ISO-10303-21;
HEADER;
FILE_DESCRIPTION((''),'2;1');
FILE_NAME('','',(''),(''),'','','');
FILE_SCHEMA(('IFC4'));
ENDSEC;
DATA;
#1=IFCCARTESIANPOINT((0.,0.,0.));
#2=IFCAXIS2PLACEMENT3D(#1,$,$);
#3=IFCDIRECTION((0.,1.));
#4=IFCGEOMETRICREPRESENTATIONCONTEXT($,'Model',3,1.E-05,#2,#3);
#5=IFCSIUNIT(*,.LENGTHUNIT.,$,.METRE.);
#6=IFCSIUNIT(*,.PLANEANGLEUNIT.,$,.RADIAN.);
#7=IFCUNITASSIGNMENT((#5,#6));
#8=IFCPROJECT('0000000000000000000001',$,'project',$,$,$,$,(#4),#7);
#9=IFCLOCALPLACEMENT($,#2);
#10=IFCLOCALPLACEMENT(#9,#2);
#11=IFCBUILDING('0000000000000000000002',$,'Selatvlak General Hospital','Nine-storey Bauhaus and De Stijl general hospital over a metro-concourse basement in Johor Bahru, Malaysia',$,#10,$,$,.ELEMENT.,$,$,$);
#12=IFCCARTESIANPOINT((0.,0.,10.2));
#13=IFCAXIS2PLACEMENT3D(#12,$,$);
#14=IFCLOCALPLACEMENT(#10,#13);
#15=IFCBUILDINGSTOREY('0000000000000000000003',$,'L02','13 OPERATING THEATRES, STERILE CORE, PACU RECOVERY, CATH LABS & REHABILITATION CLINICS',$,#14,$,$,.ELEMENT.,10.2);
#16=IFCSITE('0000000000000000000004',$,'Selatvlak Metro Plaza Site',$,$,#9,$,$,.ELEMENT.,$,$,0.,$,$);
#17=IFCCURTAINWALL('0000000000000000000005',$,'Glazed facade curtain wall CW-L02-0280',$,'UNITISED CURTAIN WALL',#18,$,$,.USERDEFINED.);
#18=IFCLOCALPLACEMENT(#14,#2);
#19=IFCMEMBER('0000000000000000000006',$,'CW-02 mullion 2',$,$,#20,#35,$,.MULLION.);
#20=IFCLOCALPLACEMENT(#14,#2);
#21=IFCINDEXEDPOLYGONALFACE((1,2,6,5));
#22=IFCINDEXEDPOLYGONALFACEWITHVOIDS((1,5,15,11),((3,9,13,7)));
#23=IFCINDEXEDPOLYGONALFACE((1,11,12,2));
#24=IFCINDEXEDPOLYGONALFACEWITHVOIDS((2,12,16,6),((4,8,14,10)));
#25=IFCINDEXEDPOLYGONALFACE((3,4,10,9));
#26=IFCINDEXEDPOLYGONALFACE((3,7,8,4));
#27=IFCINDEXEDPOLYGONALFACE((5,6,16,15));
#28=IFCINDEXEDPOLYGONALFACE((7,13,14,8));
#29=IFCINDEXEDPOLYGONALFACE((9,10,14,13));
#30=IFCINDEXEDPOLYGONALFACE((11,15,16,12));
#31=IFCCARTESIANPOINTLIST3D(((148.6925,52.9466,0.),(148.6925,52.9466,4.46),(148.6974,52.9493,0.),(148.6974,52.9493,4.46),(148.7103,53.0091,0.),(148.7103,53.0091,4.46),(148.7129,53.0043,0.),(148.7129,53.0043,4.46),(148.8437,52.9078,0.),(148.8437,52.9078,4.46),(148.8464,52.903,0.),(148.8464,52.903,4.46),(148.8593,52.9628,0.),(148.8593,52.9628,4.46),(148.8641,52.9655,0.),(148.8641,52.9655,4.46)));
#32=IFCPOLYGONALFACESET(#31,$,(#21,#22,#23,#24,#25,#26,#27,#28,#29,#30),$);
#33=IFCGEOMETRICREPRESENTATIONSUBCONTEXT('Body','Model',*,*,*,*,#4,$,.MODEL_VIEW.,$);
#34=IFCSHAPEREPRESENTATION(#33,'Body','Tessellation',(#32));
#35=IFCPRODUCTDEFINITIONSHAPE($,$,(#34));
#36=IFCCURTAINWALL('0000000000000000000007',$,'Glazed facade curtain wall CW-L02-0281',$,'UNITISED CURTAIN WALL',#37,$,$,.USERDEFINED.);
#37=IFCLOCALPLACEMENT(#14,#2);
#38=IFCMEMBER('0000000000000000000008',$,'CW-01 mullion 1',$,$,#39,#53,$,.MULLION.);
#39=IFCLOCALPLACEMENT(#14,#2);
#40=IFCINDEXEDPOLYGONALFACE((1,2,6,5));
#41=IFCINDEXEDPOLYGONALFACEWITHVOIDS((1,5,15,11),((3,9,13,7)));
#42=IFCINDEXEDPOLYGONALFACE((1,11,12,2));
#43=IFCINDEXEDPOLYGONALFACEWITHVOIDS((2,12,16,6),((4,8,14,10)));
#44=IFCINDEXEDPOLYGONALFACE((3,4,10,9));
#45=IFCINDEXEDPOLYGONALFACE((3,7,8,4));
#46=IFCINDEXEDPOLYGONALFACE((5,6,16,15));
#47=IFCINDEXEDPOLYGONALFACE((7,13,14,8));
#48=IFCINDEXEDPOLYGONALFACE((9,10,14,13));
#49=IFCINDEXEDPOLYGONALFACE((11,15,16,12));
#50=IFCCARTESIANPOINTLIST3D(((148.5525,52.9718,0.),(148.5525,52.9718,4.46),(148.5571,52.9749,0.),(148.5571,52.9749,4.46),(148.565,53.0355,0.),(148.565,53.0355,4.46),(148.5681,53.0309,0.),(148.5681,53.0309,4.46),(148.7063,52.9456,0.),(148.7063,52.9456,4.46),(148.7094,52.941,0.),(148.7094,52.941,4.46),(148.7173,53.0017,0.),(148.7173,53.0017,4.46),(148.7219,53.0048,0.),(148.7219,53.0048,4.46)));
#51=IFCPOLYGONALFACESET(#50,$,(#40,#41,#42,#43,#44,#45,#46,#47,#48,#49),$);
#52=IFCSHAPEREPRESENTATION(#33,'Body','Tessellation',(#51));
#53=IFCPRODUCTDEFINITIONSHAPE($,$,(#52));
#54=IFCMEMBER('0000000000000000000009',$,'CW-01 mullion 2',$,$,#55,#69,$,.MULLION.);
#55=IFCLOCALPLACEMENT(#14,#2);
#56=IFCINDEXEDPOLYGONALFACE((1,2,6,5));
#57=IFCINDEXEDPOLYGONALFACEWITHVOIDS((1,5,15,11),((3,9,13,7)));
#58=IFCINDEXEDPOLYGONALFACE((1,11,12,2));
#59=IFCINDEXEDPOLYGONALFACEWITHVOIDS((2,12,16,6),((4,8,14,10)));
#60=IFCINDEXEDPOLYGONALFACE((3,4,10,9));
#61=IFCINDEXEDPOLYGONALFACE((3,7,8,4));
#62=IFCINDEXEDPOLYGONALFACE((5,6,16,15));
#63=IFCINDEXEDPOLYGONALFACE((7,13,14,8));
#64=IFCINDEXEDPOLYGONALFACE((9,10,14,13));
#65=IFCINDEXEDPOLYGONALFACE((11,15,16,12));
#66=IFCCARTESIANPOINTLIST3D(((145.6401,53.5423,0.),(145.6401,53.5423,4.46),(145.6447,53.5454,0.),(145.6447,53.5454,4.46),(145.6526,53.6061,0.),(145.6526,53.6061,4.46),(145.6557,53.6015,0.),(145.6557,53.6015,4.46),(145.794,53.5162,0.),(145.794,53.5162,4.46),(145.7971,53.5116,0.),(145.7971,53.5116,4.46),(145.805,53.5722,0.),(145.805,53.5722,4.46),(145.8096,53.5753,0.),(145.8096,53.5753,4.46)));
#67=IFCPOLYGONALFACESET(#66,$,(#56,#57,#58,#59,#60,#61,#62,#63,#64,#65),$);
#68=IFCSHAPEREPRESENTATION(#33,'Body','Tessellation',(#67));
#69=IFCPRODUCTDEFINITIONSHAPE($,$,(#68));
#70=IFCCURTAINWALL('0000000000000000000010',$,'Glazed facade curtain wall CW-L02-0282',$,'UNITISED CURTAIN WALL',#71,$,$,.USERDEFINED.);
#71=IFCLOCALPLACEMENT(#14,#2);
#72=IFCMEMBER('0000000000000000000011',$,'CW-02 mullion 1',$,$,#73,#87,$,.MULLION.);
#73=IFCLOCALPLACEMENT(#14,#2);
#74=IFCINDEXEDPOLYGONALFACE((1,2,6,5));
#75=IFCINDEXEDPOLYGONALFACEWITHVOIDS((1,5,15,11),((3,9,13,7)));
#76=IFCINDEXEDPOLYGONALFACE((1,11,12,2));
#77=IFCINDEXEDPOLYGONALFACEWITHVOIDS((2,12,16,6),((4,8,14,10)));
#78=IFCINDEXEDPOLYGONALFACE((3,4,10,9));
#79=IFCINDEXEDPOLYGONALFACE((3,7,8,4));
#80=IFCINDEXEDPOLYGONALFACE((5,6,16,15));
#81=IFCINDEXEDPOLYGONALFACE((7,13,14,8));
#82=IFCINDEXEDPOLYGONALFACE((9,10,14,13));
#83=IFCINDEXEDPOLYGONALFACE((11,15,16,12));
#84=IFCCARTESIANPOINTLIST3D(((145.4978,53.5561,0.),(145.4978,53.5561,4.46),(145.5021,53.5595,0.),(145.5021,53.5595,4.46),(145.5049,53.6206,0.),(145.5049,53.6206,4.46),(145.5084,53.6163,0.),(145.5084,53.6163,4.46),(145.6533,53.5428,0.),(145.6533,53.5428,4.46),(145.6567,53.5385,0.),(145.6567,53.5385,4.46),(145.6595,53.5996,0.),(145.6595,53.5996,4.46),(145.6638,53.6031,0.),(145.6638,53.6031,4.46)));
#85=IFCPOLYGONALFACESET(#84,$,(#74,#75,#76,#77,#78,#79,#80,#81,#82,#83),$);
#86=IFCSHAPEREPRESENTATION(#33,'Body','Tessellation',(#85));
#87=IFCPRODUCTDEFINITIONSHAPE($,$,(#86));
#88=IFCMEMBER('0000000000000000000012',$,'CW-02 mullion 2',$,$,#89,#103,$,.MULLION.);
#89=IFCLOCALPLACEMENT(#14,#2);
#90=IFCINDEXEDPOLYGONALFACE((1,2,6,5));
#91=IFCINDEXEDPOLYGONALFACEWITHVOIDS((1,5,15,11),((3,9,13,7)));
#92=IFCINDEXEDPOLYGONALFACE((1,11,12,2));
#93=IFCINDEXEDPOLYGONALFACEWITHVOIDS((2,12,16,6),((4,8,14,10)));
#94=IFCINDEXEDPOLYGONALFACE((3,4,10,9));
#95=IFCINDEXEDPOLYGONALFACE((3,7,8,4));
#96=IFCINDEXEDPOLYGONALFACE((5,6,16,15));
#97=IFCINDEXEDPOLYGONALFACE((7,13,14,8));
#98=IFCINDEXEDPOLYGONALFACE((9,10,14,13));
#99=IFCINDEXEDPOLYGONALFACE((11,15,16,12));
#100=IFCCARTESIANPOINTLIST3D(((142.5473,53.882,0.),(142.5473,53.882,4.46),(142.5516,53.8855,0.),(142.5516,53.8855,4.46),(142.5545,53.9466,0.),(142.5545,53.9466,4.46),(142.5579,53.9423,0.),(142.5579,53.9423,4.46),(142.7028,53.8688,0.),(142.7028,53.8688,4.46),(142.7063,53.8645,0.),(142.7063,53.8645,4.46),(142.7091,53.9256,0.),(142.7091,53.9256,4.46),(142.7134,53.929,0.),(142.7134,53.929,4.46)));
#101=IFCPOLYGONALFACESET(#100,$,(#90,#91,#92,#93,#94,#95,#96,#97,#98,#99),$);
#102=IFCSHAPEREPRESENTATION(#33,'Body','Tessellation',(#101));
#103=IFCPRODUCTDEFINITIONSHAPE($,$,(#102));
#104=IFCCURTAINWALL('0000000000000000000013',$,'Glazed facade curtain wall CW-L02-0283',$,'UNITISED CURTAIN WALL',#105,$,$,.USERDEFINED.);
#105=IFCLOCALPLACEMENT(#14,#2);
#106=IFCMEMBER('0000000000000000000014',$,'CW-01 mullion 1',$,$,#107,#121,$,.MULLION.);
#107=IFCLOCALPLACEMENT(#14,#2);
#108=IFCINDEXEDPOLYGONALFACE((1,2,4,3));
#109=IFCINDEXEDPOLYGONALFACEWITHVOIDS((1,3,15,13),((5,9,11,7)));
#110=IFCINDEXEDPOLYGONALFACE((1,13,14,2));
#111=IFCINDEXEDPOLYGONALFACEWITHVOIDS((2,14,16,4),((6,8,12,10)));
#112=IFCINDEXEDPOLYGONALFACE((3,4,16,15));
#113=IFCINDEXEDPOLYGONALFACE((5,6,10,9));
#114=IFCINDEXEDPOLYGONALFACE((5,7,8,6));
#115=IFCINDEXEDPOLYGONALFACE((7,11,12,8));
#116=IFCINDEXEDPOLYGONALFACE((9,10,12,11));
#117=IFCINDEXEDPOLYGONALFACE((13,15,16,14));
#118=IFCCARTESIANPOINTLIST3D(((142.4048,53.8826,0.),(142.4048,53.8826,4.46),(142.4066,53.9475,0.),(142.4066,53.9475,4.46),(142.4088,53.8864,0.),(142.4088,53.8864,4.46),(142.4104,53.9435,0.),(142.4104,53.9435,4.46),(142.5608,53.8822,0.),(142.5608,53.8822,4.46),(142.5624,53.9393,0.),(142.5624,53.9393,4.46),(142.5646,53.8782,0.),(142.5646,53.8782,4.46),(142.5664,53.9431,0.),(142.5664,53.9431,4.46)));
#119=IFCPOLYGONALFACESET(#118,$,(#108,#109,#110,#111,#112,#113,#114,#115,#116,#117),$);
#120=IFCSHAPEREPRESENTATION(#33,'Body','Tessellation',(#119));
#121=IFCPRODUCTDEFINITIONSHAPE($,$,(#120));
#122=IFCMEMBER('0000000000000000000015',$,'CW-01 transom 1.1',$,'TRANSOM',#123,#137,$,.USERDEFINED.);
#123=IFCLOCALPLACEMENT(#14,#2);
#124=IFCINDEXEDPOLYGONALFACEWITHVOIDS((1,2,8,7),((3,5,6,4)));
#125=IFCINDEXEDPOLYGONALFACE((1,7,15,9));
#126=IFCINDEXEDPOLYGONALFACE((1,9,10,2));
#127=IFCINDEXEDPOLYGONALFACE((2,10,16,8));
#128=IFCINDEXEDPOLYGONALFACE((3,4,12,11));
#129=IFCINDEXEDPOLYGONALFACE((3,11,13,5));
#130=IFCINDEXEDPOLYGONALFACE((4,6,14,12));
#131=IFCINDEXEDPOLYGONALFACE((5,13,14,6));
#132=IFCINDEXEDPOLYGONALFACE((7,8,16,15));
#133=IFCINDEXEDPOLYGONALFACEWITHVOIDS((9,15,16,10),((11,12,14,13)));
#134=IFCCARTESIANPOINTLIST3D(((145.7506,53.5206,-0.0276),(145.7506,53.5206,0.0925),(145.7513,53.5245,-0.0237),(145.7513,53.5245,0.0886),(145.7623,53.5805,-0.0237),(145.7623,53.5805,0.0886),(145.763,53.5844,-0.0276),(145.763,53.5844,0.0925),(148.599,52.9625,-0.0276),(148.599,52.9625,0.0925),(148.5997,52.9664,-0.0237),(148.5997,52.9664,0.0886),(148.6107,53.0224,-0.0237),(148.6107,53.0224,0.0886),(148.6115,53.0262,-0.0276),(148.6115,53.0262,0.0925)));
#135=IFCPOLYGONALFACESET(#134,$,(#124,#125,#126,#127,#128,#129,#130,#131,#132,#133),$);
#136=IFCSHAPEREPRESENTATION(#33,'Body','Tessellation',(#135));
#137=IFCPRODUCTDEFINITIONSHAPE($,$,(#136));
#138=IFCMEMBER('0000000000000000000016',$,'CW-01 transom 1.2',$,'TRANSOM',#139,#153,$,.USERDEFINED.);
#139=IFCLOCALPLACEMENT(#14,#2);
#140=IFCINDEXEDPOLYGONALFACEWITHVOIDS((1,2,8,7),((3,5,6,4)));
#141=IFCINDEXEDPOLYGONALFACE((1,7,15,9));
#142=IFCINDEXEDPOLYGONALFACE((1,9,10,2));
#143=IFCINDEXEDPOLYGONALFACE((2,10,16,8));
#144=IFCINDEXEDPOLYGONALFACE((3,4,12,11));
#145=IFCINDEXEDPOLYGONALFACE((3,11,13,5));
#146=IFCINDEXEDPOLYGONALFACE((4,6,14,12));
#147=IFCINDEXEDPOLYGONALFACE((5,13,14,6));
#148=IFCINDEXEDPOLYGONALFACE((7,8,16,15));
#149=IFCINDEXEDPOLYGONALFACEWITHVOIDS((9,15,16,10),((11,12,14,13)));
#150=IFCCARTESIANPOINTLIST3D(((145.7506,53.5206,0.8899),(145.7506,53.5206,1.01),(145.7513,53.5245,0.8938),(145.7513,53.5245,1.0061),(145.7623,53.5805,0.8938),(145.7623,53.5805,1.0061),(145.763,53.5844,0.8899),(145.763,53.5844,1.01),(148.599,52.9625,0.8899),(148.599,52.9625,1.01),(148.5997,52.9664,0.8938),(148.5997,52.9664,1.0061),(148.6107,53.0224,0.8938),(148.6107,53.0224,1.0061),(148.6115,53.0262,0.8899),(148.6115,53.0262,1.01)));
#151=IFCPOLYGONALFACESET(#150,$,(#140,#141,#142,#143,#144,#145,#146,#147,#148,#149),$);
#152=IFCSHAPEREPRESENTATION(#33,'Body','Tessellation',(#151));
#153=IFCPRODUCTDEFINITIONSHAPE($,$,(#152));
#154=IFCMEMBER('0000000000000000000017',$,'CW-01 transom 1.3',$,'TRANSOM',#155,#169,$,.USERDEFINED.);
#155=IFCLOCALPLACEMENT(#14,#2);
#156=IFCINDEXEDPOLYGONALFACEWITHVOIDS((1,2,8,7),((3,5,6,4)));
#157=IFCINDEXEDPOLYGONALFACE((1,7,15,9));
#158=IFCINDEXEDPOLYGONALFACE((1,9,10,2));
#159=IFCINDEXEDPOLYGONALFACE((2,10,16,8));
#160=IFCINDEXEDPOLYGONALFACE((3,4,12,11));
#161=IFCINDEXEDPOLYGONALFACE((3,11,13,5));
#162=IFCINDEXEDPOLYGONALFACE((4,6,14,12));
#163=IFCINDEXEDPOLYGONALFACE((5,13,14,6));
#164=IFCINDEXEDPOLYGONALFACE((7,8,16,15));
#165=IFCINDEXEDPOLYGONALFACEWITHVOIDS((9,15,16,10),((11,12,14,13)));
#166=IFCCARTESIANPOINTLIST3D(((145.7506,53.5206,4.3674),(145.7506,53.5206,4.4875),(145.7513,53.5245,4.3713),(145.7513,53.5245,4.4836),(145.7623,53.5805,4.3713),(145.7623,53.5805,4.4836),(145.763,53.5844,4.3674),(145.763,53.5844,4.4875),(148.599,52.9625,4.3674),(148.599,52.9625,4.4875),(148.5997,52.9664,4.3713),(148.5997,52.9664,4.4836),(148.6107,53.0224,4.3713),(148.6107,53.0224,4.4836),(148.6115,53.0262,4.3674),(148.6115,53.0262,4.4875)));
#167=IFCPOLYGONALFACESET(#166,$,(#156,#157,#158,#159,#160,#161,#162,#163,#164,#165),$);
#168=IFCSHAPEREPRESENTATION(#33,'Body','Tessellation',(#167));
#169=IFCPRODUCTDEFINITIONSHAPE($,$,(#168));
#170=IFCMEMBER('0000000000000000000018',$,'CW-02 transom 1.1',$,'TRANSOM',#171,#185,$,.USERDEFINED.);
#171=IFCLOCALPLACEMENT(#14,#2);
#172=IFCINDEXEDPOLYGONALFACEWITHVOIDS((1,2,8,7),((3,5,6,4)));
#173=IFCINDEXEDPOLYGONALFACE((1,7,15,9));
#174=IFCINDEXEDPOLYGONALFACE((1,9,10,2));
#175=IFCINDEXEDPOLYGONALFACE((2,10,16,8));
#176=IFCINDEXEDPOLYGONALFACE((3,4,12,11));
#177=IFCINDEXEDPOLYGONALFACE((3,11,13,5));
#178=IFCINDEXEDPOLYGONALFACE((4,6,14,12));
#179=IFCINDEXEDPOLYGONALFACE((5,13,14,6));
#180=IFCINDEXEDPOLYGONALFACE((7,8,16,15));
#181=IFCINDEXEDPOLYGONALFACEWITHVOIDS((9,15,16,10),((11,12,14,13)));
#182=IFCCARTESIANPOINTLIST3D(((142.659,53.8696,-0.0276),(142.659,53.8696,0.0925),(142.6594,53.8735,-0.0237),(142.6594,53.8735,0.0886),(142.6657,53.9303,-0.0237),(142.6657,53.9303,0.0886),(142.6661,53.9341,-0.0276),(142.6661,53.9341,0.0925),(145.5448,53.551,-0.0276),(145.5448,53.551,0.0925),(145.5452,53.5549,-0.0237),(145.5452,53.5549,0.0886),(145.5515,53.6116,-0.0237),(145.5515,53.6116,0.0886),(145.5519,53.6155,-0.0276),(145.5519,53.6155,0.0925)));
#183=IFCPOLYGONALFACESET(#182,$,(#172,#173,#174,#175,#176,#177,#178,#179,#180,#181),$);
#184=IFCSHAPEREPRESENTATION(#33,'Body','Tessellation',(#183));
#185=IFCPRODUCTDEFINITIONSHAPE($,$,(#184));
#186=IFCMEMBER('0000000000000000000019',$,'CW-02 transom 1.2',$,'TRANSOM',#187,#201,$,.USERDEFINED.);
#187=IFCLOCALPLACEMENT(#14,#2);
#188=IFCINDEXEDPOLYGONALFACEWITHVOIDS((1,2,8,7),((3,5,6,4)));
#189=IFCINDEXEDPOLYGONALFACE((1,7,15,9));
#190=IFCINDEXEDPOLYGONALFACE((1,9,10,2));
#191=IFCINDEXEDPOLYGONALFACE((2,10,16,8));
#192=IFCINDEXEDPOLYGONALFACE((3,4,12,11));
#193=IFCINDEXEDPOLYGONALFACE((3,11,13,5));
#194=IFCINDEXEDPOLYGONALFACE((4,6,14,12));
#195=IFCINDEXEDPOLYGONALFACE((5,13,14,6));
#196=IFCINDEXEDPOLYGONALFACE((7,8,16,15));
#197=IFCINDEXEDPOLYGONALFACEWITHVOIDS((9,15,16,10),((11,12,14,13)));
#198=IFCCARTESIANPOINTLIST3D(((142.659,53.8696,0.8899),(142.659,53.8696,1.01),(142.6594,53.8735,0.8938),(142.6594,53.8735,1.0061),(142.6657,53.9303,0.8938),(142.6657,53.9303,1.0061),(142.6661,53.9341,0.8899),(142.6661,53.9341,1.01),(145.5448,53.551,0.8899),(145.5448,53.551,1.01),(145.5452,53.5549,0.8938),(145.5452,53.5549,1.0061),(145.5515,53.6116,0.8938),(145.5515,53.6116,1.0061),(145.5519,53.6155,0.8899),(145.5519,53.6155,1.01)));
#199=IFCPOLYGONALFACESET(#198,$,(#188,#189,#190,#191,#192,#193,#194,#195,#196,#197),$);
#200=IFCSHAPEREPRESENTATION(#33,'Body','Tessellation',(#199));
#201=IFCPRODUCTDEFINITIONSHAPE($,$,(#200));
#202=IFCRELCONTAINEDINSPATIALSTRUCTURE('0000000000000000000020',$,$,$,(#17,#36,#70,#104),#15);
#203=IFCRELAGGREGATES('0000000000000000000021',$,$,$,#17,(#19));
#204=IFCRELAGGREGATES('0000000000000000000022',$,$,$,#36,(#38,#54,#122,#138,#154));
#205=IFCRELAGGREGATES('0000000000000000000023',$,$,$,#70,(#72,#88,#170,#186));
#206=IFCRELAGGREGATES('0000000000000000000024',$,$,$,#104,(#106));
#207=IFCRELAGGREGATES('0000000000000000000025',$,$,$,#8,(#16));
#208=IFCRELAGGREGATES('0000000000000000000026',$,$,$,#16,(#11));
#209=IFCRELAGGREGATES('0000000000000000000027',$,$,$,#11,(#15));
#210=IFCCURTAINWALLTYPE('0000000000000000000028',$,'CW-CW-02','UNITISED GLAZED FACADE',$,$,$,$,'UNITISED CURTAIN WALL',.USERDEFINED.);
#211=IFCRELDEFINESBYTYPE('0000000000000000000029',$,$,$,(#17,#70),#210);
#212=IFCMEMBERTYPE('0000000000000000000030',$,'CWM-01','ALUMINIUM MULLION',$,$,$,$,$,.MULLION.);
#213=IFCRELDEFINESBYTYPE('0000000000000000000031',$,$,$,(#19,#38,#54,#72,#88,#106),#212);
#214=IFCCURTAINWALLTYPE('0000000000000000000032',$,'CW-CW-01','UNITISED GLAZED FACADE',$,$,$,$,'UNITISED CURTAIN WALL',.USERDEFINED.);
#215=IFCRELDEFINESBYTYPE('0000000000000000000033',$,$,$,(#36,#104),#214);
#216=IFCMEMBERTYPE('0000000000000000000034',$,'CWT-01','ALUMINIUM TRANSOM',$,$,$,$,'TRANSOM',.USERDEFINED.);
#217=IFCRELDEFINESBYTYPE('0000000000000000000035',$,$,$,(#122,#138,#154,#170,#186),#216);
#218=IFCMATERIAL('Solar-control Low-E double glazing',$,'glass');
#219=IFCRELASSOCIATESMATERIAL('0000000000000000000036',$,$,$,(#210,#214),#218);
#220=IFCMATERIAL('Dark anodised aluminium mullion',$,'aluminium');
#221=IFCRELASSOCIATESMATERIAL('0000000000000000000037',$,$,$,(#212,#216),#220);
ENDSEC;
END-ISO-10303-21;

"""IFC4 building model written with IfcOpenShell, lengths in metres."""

from ifc_helpers import new_model, si_unit, direction, frame, origin, origin_2d, place, context, subcontext, project, spatial, hollow_rectangle, extrude, material, material_profile, profile_set, type_object, element, aggregate, save


model = new_model("IFC4")

# Units and contexts
model_context = context("Model", 3, precision=1e-05, world=origin(), true_north=direction((0.0, 1.0)))
body_context = subcontext(model_context, "Body", "Model", "MODEL_VIEW")
ifc_project = project(units=[si_unit("LENGTHUNIT", "METRE"), si_unit("PLANEANGLEUNIT", "RADIAN")], contexts=[model_context])

# Site, building, storey
site_placement = place(None, origin())
site = spatial("IfcSite", under=ifc_project, at=site_placement, Name="Selatvlak Metro Plaza Site", CompositionType="ELEMENT", RefElevation=0.0)
building_placement = place(site_placement, origin())
building = spatial("IfcBuilding", under=site, at=building_placement, Name="Selatvlak General Hospital", Description="Nine-storey Bauhaus and De Stijl general hospital over a metro-concourse basement in Johor Bahru, Malaysia", CompositionType="ELEMENT")
storey_placement = place(building_placement, frame((0.0, 0.0, 10.2)))
storey = spatial("IfcBuildingStorey", under=building, at=storey_placement, Name="L02", Description="13 OPERATING THEATRES, STERILE CORE, PACU RECOVERY, CATH LABS & REHABILITATION CLINICS", CompositionType="ELEMENT", Elevation=10.2)

# Curtain wall, member
ifc_material_1 = material(Name="Solar-control Low-E double glazing", Category="glass")
curtain_wall_type_1 = type_object("IfcCurtainWallType", Name="CW-CW-02", Description="UNITISED GLAZED FACADE", ElementType="UNITISED CURTAIN WALL", PredefinedType="USERDEFINED", material=ifc_material_1)
curtain_wall_1_placement = place(storey_placement, origin())
curtain_wall_1 = element("IfcCurtainWall", 1, at=curtain_wall_1_placement, inside=storey, type_object=curtain_wall_type_1, Name="Glazed facade curtain wall CW-L02-0280", ObjectType="UNITISED CURTAIN WALL", PredefinedType="USERDEFINED")
ifc_material_2 = material(Name="Dark anodised aluminium mullion", Category="aluminium")
ifc_material_profile_1 = material_profile(ifc_material_2, hollow_rectangle(XDim=0.0649, YDim=0.1599, WallThickness=0.0039, at=origin_2d()), Name="AL-MUL 65x160x4")
ifc_profile_set_1 = profile_set([ifc_material_profile_1], Name="Dark anodised aluminium mullion")
member_type_1 = type_object("IfcMemberType", Name="CWM-01", Description="ALUMINIUM MULLION", PredefinedType="MULLION", material=ifc_profile_set_1)
member_1_placement = place(storey_placement, frame((148.7783, 52.9561, 0.0), z_axis=(0.0, 0.0, 1.0), x_axis=(-0.272847, -0.962057, 0.0)))
member_1 = element("IfcMember", 2, at=member_1_placement, type_object=member_type_1, Name="CW-02 mullion 2", PredefinedType="MULLION", context=body_context, shape_type="SweptSolid", body=[
    extrude(hollow_rectangle(XDim=0.0649, YDim=0.1599, WallThickness=0.0039, at=origin_2d()), origin(), (0.0, 0.0, 1.0), 4.46),
])
aggregate(curtain_wall_1, [member_1])

# Curtain walls, members
curtain_wall_type_2 = type_object("IfcCurtainWallType", Name="CW-CW-01", Description="UNITISED GLAZED FACADE", ElementType="UNITISED CURTAIN WALL", PredefinedType="USERDEFINED", material=ifc_material_1)
curtain_wall_2_placement = place(storey_placement, origin())
curtain_wall_2 = element("IfcCurtainWall", 3, at=curtain_wall_2_placement, inside=storey, type_object=curtain_wall_type_2, Name="Glazed facade curtain wall CW-L02-0281", ObjectType="UNITISED CURTAIN WALL", PredefinedType="USERDEFINED")
member_2_placement = place(storey_placement, frame((148.6372, 52.9883, 0.0), z_axis=(0.0, 0.0, 1.0), x_axis=(-0.192246, -0.981347, 0.0)))
member_2 = element("IfcMember", 4, at=member_2_placement, type_object=member_type_1, Name="CW-01 mullion 1", PredefinedType="MULLION", context=body_context, shape_type="SweptSolid", body=[
    extrude(hollow_rectangle(XDim=0.0649, YDim=0.1599, WallThickness=0.0039, at=origin_2d()), origin(), (0.0, 0.0, 1.0), 4.46),
])
member_3_placement = place(storey_placement, frame((145.7249, 53.5588, 0.0), z_axis=(0.0, 0.0, 1.0), x_axis=(-0.192246, -0.981347, 0.0)))
member_3 = element("IfcMember", 5, at=member_3_placement, type_object=member_type_1, Name="CW-01 mullion 2", PredefinedType="MULLION", context=body_context, shape_type="SweptSolid", body=[
    extrude(hollow_rectangle(XDim=0.0649, YDim=0.1599, WallThickness=0.0039, at=origin_2d()), origin(), (0.0, 0.0, 1.0), 4.46),
])
curtain_wall_3_placement = place(storey_placement, origin())
curtain_wall_3 = element("IfcCurtainWall", 6, at=curtain_wall_3_placement, inside=storey, type_object=curtain_wall_type_1, Name="Glazed facade curtain wall CW-L02-0282", ObjectType="UNITISED CURTAIN WALL", PredefinedType="USERDEFINED")
member_4_placement = place(storey_placement, frame((145.5808, 53.5796, 0.0), z_axis=(0.0, 0.0, 1.0), x_axis=(-0.10978, -0.993956, 0.0)))
member_4 = element("IfcMember", 7, at=member_4_placement, type_object=member_type_1, Name="CW-02 mullion 1", PredefinedType="MULLION", context=body_context, shape_type="SweptSolid", body=[
    extrude(hollow_rectangle(XDim=0.0649, YDim=0.1599, WallThickness=0.0039, at=origin_2d()), origin(), (0.0, 0.0, 1.0), 4.46),
])
member_5_placement = place(storey_placement, frame((142.6304, 53.9055, 0.0), z_axis=(0.0, 0.0, 1.0), x_axis=(-0.10978, -0.993956, 0.0)))
member_5 = element("IfcMember", 8, at=member_5_placement, type_object=member_type_1, Name="CW-02 mullion 2", PredefinedType="MULLION", context=body_context, shape_type="SweptSolid", body=[
    extrude(hollow_rectangle(XDim=0.0649, YDim=0.1599, WallThickness=0.0039, at=origin_2d()), origin(), (0.0, 0.0, 1.0), 4.46),
])

# Curtain wall, member
curtain_wall_4_placement = place(storey_placement, origin())
curtain_wall_4 = element("IfcCurtainWall", 9, at=curtain_wall_4_placement, inside=storey, type_object=curtain_wall_type_2, Name="Glazed facade curtain wall CW-L02-0283", ObjectType="UNITISED CURTAIN WALL", PredefinedType="USERDEFINED")
member_6_placement = place(storey_placement, frame((142.4856, 53.9128, 0.0), z_axis=(0.0, 0.0, 1.0), x_axis=(-0.027694, -0.999616, 0.0)))
member_6 = element("IfcMember", 10, at=member_6_placement, type_object=member_type_1, Name="CW-01 mullion 1", PredefinedType="MULLION", context=body_context, shape_type="SweptSolid", body=[
    extrude(hollow_rectangle(XDim=0.0649, YDim=0.1599, WallThickness=0.0039, at=origin_2d()), origin(), (0.0, 0.0, 1.0), 4.46),
])

# Members
ifc_material_profile_2 = material_profile(ifc_material_2, hollow_rectangle(XDim=0.0649, YDim=0.1201, WallThickness=0.0039, at=origin_2d()), Name="AL-TRN 65x120x4")
ifc_profile_set_2 = profile_set([ifc_material_profile_2], Name="Dark anodised aluminium mullion")
member_type_2 = type_object("IfcMemberType", Name="CWT-01", Description="ALUMINIUM TRANSOM", ElementType="TRANSOM", PredefinedType="USERDEFINED", material=ifc_profile_set_2)
member_7_placement = place(storey_placement, frame((148.6052, 52.9944, 0.0325), z_axis=(-0.98134, 0.192281, 0.0), x_axis=(-0.192281, -0.98134, 0.0)))
member_7 = element("IfcMember", 11, at=member_7_placement, type_object=member_type_2, Name="CW-01 transom 1.1", ObjectType="TRANSOM", PredefinedType="USERDEFINED", context=body_context, shape_type="SweptSolid", body=[
    extrude(hollow_rectangle(XDim=0.0649, YDim=0.1201, WallThickness=0.0039, at=origin_2d()), origin(), (0.0, 0.0, 1.0), 2.9026),
])
member_8_placement = place(storey_placement, frame((148.6052, 52.9944, 0.95), z_axis=(-0.98134, 0.192281, 0.0), x_axis=(-0.192281, -0.98134, 0.0)))
member_8 = element("IfcMember", 12, at=member_8_placement, type_object=member_type_2, Name="CW-01 transom 1.2", ObjectType="TRANSOM", PredefinedType="USERDEFINED", context=body_context, shape_type="SweptSolid", body=[
    extrude(hollow_rectangle(XDim=0.0649, YDim=0.1201, WallThickness=0.0039, at=origin_2d()), origin(), (0.0, 0.0, 1.0), 2.9026),
])
member_9_placement = place(storey_placement, frame((148.6052, 52.9944, 4.4275), z_axis=(-0.98134, 0.192281, 0.0), x_axis=(-0.192281, -0.98134, 0.0)))
member_9 = element("IfcMember", 13, at=member_9_placement, type_object=member_type_2, Name="CW-01 transom 1.3", ObjectType="TRANSOM", PredefinedType="USERDEFINED", context=body_context, shape_type="SweptSolid", body=[
    extrude(hollow_rectangle(XDim=0.0649, YDim=0.1201, WallThickness=0.0039, at=origin_2d()), origin(), (0.0, 0.0, 1.0), 2.9026),
])
member_10_placement = place(storey_placement, frame((145.5483, 53.5833, 0.0325), z_axis=(-0.99396, 0.109739, 0.0), x_axis=(-0.109739, -0.99396, 0.0)))
member_10 = element("IfcMember", 14, at=member_10_placement, type_object=member_type_2, Name="CW-02 transom 1.1", ObjectType="TRANSOM", PredefinedType="USERDEFINED", context=body_context, shape_type="SweptSolid", body=[
    extrude(hollow_rectangle(XDim=0.0649, YDim=0.1201, WallThickness=0.0039, at=origin_2d()), origin(), (0.0, 0.0, 1.0), 2.9033),
])
member_11_placement = place(storey_placement, frame((145.5483, 53.5833, 0.95), z_axis=(-0.99396, 0.109739, 0.0), x_axis=(-0.109739, -0.99396, 0.0)))
member_11 = element("IfcMember", 15, at=member_11_placement, type_object=member_type_2, Name="CW-02 transom 1.2", ObjectType="TRANSOM", PredefinedType="USERDEFINED", context=body_context, shape_type="SweptSolid", body=[
    extrude(hollow_rectangle(XDim=0.0649, YDim=0.1201, WallThickness=0.0039, at=origin_2d()), origin(), (0.0, 0.0, 1.0), 2.9033),
])

aggregate(curtain_wall_2, [member_2, member_3, member_7, member_8, member_9])
aggregate(curtain_wall_3, [member_4, member_5, member_10, member_11])
aggregate(curtain_wall_4, [member_6])

save(model, "model.ifc")
